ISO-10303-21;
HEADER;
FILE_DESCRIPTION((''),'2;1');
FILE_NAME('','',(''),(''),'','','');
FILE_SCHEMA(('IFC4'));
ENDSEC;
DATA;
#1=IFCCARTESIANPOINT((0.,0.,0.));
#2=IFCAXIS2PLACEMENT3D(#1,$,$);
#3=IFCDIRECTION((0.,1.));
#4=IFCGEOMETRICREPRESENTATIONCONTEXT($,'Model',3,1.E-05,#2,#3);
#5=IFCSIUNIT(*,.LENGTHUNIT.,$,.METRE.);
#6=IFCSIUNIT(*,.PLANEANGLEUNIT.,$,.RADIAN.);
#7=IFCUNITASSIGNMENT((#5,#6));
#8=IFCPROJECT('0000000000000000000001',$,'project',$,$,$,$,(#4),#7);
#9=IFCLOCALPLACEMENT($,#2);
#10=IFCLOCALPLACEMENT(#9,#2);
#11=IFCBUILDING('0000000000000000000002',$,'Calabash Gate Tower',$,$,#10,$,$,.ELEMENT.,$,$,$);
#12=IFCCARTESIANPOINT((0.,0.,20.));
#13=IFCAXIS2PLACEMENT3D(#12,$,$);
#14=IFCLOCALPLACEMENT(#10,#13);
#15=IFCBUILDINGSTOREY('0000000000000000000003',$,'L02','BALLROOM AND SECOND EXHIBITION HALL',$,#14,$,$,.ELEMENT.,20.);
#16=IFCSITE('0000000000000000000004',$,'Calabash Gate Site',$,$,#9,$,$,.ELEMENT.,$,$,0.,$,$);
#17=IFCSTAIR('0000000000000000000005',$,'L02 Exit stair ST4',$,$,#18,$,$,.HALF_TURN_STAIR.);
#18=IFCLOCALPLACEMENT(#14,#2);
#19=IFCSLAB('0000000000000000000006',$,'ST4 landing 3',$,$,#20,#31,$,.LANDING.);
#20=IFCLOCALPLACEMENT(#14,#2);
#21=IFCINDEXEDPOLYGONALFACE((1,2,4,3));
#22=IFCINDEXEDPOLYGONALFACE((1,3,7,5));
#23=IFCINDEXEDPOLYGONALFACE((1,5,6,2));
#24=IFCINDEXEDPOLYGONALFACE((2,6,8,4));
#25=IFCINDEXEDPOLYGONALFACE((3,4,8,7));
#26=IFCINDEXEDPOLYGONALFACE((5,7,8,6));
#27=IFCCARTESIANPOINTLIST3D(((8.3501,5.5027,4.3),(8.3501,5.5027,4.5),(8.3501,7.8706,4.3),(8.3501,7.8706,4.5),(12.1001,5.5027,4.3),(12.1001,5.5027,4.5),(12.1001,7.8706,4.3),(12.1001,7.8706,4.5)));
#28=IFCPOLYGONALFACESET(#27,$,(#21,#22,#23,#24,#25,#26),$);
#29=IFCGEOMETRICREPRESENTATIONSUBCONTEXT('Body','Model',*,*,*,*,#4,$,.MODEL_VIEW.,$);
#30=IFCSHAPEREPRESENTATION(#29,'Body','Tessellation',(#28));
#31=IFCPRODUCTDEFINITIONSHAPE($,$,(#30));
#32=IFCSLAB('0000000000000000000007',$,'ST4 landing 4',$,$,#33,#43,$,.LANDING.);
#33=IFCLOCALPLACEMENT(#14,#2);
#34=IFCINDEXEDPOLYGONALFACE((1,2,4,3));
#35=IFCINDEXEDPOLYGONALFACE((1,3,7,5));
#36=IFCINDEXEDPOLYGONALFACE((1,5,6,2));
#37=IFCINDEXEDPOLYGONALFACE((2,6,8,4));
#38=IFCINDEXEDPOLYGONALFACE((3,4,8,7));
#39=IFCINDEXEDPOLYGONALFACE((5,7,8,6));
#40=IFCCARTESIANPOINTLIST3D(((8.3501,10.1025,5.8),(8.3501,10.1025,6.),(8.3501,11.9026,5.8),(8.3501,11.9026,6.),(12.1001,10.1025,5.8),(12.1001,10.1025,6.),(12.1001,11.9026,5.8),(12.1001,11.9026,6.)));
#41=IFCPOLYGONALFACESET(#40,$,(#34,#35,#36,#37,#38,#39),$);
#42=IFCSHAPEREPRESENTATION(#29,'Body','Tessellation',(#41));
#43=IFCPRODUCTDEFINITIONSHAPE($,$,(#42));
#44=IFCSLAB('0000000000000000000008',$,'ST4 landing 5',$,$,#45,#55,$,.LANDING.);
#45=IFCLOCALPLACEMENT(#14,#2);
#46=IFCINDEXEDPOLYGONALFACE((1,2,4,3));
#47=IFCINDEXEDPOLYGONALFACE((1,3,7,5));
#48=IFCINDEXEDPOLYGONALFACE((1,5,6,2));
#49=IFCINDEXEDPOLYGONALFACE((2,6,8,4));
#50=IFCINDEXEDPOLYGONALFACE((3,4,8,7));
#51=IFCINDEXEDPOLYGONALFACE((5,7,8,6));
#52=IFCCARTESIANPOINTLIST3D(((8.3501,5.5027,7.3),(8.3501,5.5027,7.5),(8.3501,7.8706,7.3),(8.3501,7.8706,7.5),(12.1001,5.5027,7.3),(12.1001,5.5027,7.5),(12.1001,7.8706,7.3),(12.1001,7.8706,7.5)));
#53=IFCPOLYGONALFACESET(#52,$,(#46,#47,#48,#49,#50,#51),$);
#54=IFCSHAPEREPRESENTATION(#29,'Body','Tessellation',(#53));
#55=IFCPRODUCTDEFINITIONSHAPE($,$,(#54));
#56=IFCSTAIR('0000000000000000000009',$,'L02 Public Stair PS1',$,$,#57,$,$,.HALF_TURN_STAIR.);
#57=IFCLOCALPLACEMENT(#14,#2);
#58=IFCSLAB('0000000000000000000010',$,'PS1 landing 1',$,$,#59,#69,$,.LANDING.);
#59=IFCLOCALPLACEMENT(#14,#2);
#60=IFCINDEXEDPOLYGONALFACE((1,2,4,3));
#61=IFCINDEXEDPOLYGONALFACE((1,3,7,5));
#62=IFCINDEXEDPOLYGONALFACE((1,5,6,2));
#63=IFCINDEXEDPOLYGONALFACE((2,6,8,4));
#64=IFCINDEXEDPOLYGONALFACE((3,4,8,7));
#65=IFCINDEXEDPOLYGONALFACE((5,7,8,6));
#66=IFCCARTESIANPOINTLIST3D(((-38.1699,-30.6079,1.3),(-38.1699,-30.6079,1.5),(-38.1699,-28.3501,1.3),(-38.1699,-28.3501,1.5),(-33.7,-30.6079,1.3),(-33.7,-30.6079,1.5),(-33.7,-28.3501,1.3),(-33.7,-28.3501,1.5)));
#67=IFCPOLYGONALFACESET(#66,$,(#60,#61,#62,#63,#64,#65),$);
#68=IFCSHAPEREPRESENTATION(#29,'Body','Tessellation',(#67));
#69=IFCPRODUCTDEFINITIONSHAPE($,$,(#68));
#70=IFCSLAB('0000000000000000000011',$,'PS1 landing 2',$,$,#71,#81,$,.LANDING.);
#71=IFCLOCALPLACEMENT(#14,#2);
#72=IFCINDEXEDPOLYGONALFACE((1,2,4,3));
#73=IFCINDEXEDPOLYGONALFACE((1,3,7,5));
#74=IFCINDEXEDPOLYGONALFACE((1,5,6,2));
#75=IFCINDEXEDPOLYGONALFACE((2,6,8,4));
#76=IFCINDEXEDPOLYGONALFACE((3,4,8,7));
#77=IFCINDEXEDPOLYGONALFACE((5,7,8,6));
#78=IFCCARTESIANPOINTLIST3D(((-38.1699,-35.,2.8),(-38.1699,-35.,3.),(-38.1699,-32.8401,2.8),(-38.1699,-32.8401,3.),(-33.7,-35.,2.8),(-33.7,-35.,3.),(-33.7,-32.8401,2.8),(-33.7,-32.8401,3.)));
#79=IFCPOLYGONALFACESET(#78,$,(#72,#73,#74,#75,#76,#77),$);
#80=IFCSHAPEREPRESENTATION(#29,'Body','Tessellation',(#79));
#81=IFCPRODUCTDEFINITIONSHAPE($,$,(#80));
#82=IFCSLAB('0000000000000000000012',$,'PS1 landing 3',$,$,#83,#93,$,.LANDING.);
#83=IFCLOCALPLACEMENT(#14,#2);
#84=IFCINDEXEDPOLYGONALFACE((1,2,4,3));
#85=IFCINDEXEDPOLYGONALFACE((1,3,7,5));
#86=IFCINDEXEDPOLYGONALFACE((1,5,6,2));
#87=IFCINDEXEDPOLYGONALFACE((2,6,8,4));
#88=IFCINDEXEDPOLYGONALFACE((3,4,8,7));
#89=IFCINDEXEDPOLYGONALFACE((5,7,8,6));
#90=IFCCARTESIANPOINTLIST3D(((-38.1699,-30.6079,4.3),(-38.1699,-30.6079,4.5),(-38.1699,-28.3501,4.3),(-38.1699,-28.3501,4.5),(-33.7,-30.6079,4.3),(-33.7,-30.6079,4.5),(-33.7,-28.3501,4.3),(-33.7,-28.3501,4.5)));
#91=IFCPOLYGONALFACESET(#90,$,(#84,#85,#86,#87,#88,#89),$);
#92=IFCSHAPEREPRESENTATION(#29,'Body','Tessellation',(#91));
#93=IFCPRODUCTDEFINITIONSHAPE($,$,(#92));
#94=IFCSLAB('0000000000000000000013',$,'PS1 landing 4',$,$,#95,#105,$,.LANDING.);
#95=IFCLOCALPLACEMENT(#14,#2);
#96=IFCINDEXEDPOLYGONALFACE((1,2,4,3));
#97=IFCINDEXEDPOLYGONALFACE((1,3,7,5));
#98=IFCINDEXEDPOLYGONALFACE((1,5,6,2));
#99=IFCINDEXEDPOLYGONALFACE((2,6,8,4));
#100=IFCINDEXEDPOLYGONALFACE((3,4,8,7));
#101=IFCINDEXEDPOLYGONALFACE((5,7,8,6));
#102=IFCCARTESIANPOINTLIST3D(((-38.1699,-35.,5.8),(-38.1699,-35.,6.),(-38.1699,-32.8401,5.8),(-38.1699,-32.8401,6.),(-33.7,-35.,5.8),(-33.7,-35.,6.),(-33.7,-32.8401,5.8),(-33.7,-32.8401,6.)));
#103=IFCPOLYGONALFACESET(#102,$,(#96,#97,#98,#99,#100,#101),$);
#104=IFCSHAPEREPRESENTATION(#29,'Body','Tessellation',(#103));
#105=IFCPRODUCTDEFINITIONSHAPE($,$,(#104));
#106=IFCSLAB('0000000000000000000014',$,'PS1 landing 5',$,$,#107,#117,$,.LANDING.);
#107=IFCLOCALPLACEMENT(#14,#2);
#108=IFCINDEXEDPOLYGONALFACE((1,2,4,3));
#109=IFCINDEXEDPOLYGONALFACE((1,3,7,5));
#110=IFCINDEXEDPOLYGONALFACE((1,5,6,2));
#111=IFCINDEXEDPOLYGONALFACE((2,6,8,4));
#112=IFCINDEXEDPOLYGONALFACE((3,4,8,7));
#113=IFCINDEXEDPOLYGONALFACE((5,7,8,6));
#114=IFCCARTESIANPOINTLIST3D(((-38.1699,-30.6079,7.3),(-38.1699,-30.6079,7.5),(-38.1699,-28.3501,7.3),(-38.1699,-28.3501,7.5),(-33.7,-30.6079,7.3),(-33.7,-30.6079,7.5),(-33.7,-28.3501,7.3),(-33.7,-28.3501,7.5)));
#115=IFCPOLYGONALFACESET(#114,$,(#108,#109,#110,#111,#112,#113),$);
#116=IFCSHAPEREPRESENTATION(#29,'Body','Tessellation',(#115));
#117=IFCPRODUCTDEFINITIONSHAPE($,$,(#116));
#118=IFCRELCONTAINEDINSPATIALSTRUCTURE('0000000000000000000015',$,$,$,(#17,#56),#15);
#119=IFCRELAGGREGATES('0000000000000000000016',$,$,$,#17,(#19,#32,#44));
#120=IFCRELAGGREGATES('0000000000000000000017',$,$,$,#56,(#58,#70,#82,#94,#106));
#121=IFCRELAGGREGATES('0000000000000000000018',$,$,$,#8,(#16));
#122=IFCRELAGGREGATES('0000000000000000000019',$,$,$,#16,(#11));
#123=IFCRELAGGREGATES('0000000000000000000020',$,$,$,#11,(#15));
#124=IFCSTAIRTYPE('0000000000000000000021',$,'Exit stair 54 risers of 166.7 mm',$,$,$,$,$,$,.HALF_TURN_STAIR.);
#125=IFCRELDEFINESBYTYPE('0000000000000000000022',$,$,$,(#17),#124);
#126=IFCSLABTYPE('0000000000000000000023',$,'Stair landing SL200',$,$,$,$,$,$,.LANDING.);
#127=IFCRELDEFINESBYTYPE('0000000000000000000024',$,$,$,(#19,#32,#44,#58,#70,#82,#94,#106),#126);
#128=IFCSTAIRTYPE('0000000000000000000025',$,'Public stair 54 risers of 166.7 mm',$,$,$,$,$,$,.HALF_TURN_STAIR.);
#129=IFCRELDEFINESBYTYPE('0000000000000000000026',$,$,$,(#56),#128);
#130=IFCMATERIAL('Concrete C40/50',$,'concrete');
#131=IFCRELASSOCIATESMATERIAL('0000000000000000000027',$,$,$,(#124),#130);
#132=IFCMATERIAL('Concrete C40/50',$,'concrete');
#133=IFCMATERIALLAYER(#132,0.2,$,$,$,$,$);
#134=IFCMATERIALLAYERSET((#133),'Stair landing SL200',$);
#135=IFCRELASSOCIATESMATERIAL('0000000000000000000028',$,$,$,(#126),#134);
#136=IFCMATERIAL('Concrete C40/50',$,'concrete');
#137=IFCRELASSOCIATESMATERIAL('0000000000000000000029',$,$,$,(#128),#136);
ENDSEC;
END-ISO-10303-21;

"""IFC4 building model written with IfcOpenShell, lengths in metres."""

from ifc_helpers import new_model, si_unit, direction, frame, origin, place, context, subcontext, project, spatial, polyline, outline, extrude, material, layer, layer_set, type_object, element, aggregate, save


model = new_model("IFC4")

# Units and contexts
model_context = context("Model", 3, precision=1e-05, world=origin(), true_north=direction((0.0, 1.0)))
body_context = subcontext(model_context, "Body", "Model", "MODEL_VIEW")
ifc_project = project(units=[si_unit("LENGTHUNIT", "METRE"), si_unit("PLANEANGLEUNIT", "RADIAN")], contexts=[model_context])

# Site, building, storey
site_placement = place(None, origin())
site = spatial("IfcSite", under=ifc_project, at=site_placement, Name="Calabash Gate Site", CompositionType="ELEMENT", RefElevation=0.0)
building_placement = place(site_placement, origin())
building = spatial("IfcBuilding", under=site, at=building_placement, Name="Calabash Gate Tower", CompositionType="ELEMENT")
storey_placement = place(building_placement, frame((0.0, 0.0, 20.0)))
storey = spatial("IfcBuildingStorey", under=building, at=storey_placement, Name="L02", Description="BALLROOM AND SECOND EXHIBITION HALL", CompositionType="ELEMENT", Elevation=20.0)

# Stairs, slabs
ifc_material_1 = material(Name="Concrete C40/50", Category="concrete")
stair_type_1 = type_object("IfcStairType", Name="Exit stair 54 risers of 166.7 mm", PredefinedType="HALF_TURN_STAIR", material=ifc_material_1)
ifc_material_2 = material(Name="Concrete C40/50", Category="concrete")
ifc_layer = layer(ifc_material_2, 0.2)
ifc_layer_set = layer_set([ifc_layer], Name="Stair landing SL200")
slab_type = type_object("IfcSlabType", Name="Stair landing SL200", PredefinedType="LANDING", material=ifc_layer_set)
stair_1_placement = place(storey_placement, origin())
stair_1 = element("IfcStair", 1, at=stair_1_placement, inside=storey, type_object=stair_type_1, Name="L02 Exit stair ST4", PredefinedType="HALF_TURN_STAIR")
slab_1_placement = place(storey_placement, frame((0.0, 0.0, 4.3)))
slab_1 = element("IfcSlab", 2, at=slab_1_placement, type_object=slab_type, Name="ST4 landing 3", PredefinedType="LANDING", context=body_context, shape_type="SweptSolid", body=[
    extrude(outline(polyline([(8.3501, 7.8706), (8.3501, 5.5027), (12.1001, 5.5027), (12.1001, 7.8706), (8.3501, 7.8706)])), origin(), (0.0, 0.0, 1.0), 0.2),
])
slab_2_placement = place(storey_placement, frame((0.0, 0.0, 5.8)))
slab_2 = element("IfcSlab", 3, at=slab_2_placement, type_object=slab_type, Name="ST4 landing 4", PredefinedType="LANDING", context=body_context, shape_type="SweptSolid", body=[
    extrude(outline(polyline([(8.3501, 11.9026), (8.3501, 10.1025), (12.1001, 10.1025), (12.1001, 11.9026), (8.3501, 11.9026)])), origin(), (0.0, 0.0, 1.0), 0.2),
])
slab_3_placement = place(storey_placement, frame((0.0, 0.0, 7.3)))
slab_3 = element("IfcSlab", 4, at=slab_3_placement, type_object=slab_type, Name="ST4 landing 5", PredefinedType="LANDING", context=body_context, shape_type="SweptSolid", body=[
    extrude(outline(polyline([(8.3501, 7.8706), (8.3501, 5.5027), (12.1001, 5.5027), (12.1001, 7.8706), (8.3501, 7.8706)])), origin(), (0.0, 0.0, 1.0), 0.2),
])
aggregate(stair_1, [slab_1, slab_2, slab_3])
ifc_material_3 = material(Name="Concrete C40/50", Category="concrete")
stair_type_2 = type_object("IfcStairType", Name="Public stair 54 risers of 166.7 mm", PredefinedType="HALF_TURN_STAIR", material=ifc_material_3)
stair_2_placement = place(storey_placement, origin())
stair_2 = element("IfcStair", 5, at=stair_2_placement, inside=storey, type_object=stair_type_2, Name="L02 Public Stair PS1", PredefinedType="HALF_TURN_STAIR")
slab_4_placement = place(storey_placement, frame((0.0, 0.0, 1.3)))
slab_4 = element("IfcSlab", 6, at=slab_4_placement, type_object=slab_type, Name="PS1 landing 1", PredefinedType="LANDING", context=body_context, shape_type="SweptSolid", body=[
    extrude(outline(polyline([(-33.7, -30.6079), (-33.7, -28.3501), (-38.1699, -28.3501), (-38.1699, -30.6079), (-33.7, -30.6079)])), origin(), (0.0, 0.0, 1.0), 0.2),
])
slab_5_placement = place(storey_placement, frame((0.0, 0.0, 2.8)))
slab_5 = element("IfcSlab", 7, at=slab_5_placement, type_object=slab_type, Name="PS1 landing 2", PredefinedType="LANDING", context=body_context, shape_type="SweptSolid", body=[
    extrude(outline(polyline([(-33.7, -35.0), (-33.7, -32.8401), (-38.1699, -32.8401), (-38.1699, -35.0), (-33.7, -35.0)])), origin(), (0.0, 0.0, 1.0), 0.2),
])
slab_6_placement = place(storey_placement, frame((0.0, 0.0, 4.3)))
slab_6 = element("IfcSlab", 8, at=slab_6_placement, type_object=slab_type, Name="PS1 landing 3", PredefinedType="LANDING", context=body_context, shape_type="SweptSolid", body=[
    extrude(outline(polyline([(-33.7, -30.6079), (-33.7, -28.3501), (-38.1699, -28.3501), (-38.1699, -30.6079), (-33.7, -30.6079)])), origin(), (0.0, 0.0, 1.0), 0.2),
])
slab_7_placement = place(storey_placement, frame((0.0, 0.0, 5.8)))
slab_7 = element("IfcSlab", 9, at=slab_7_placement, type_object=slab_type, Name="PS1 landing 4", PredefinedType="LANDING", context=body_context, shape_type="SweptSolid", body=[
    extrude(outline(polyline([(-33.7, -35.0), (-33.7, -32.8401), (-38.1699, -32.8401), (-38.1699, -35.0), (-33.7, -35.0)])), origin(), (0.0, 0.0, 1.0), 0.2),
])
slab_8_placement = place(storey_placement, frame((0.0, 0.0, 7.3)))
slab_8 = element("IfcSlab", 10, at=slab_8_placement, type_object=slab_type, Name="PS1 landing 5", PredefinedType="LANDING", context=body_context, shape_type="SweptSolid", body=[
    extrude(outline(polyline([(-33.7, -30.6079), (-33.7, -28.3501), (-38.1699, -28.3501), (-38.1699, -30.6079), (-33.7, -30.6079)])), origin(), (0.0, 0.0, 1.0), 0.2),
])
aggregate(stair_2, [slab_4, slab_5, slab_6, slab_7, slab_8])

save(model, "model.ifc")
